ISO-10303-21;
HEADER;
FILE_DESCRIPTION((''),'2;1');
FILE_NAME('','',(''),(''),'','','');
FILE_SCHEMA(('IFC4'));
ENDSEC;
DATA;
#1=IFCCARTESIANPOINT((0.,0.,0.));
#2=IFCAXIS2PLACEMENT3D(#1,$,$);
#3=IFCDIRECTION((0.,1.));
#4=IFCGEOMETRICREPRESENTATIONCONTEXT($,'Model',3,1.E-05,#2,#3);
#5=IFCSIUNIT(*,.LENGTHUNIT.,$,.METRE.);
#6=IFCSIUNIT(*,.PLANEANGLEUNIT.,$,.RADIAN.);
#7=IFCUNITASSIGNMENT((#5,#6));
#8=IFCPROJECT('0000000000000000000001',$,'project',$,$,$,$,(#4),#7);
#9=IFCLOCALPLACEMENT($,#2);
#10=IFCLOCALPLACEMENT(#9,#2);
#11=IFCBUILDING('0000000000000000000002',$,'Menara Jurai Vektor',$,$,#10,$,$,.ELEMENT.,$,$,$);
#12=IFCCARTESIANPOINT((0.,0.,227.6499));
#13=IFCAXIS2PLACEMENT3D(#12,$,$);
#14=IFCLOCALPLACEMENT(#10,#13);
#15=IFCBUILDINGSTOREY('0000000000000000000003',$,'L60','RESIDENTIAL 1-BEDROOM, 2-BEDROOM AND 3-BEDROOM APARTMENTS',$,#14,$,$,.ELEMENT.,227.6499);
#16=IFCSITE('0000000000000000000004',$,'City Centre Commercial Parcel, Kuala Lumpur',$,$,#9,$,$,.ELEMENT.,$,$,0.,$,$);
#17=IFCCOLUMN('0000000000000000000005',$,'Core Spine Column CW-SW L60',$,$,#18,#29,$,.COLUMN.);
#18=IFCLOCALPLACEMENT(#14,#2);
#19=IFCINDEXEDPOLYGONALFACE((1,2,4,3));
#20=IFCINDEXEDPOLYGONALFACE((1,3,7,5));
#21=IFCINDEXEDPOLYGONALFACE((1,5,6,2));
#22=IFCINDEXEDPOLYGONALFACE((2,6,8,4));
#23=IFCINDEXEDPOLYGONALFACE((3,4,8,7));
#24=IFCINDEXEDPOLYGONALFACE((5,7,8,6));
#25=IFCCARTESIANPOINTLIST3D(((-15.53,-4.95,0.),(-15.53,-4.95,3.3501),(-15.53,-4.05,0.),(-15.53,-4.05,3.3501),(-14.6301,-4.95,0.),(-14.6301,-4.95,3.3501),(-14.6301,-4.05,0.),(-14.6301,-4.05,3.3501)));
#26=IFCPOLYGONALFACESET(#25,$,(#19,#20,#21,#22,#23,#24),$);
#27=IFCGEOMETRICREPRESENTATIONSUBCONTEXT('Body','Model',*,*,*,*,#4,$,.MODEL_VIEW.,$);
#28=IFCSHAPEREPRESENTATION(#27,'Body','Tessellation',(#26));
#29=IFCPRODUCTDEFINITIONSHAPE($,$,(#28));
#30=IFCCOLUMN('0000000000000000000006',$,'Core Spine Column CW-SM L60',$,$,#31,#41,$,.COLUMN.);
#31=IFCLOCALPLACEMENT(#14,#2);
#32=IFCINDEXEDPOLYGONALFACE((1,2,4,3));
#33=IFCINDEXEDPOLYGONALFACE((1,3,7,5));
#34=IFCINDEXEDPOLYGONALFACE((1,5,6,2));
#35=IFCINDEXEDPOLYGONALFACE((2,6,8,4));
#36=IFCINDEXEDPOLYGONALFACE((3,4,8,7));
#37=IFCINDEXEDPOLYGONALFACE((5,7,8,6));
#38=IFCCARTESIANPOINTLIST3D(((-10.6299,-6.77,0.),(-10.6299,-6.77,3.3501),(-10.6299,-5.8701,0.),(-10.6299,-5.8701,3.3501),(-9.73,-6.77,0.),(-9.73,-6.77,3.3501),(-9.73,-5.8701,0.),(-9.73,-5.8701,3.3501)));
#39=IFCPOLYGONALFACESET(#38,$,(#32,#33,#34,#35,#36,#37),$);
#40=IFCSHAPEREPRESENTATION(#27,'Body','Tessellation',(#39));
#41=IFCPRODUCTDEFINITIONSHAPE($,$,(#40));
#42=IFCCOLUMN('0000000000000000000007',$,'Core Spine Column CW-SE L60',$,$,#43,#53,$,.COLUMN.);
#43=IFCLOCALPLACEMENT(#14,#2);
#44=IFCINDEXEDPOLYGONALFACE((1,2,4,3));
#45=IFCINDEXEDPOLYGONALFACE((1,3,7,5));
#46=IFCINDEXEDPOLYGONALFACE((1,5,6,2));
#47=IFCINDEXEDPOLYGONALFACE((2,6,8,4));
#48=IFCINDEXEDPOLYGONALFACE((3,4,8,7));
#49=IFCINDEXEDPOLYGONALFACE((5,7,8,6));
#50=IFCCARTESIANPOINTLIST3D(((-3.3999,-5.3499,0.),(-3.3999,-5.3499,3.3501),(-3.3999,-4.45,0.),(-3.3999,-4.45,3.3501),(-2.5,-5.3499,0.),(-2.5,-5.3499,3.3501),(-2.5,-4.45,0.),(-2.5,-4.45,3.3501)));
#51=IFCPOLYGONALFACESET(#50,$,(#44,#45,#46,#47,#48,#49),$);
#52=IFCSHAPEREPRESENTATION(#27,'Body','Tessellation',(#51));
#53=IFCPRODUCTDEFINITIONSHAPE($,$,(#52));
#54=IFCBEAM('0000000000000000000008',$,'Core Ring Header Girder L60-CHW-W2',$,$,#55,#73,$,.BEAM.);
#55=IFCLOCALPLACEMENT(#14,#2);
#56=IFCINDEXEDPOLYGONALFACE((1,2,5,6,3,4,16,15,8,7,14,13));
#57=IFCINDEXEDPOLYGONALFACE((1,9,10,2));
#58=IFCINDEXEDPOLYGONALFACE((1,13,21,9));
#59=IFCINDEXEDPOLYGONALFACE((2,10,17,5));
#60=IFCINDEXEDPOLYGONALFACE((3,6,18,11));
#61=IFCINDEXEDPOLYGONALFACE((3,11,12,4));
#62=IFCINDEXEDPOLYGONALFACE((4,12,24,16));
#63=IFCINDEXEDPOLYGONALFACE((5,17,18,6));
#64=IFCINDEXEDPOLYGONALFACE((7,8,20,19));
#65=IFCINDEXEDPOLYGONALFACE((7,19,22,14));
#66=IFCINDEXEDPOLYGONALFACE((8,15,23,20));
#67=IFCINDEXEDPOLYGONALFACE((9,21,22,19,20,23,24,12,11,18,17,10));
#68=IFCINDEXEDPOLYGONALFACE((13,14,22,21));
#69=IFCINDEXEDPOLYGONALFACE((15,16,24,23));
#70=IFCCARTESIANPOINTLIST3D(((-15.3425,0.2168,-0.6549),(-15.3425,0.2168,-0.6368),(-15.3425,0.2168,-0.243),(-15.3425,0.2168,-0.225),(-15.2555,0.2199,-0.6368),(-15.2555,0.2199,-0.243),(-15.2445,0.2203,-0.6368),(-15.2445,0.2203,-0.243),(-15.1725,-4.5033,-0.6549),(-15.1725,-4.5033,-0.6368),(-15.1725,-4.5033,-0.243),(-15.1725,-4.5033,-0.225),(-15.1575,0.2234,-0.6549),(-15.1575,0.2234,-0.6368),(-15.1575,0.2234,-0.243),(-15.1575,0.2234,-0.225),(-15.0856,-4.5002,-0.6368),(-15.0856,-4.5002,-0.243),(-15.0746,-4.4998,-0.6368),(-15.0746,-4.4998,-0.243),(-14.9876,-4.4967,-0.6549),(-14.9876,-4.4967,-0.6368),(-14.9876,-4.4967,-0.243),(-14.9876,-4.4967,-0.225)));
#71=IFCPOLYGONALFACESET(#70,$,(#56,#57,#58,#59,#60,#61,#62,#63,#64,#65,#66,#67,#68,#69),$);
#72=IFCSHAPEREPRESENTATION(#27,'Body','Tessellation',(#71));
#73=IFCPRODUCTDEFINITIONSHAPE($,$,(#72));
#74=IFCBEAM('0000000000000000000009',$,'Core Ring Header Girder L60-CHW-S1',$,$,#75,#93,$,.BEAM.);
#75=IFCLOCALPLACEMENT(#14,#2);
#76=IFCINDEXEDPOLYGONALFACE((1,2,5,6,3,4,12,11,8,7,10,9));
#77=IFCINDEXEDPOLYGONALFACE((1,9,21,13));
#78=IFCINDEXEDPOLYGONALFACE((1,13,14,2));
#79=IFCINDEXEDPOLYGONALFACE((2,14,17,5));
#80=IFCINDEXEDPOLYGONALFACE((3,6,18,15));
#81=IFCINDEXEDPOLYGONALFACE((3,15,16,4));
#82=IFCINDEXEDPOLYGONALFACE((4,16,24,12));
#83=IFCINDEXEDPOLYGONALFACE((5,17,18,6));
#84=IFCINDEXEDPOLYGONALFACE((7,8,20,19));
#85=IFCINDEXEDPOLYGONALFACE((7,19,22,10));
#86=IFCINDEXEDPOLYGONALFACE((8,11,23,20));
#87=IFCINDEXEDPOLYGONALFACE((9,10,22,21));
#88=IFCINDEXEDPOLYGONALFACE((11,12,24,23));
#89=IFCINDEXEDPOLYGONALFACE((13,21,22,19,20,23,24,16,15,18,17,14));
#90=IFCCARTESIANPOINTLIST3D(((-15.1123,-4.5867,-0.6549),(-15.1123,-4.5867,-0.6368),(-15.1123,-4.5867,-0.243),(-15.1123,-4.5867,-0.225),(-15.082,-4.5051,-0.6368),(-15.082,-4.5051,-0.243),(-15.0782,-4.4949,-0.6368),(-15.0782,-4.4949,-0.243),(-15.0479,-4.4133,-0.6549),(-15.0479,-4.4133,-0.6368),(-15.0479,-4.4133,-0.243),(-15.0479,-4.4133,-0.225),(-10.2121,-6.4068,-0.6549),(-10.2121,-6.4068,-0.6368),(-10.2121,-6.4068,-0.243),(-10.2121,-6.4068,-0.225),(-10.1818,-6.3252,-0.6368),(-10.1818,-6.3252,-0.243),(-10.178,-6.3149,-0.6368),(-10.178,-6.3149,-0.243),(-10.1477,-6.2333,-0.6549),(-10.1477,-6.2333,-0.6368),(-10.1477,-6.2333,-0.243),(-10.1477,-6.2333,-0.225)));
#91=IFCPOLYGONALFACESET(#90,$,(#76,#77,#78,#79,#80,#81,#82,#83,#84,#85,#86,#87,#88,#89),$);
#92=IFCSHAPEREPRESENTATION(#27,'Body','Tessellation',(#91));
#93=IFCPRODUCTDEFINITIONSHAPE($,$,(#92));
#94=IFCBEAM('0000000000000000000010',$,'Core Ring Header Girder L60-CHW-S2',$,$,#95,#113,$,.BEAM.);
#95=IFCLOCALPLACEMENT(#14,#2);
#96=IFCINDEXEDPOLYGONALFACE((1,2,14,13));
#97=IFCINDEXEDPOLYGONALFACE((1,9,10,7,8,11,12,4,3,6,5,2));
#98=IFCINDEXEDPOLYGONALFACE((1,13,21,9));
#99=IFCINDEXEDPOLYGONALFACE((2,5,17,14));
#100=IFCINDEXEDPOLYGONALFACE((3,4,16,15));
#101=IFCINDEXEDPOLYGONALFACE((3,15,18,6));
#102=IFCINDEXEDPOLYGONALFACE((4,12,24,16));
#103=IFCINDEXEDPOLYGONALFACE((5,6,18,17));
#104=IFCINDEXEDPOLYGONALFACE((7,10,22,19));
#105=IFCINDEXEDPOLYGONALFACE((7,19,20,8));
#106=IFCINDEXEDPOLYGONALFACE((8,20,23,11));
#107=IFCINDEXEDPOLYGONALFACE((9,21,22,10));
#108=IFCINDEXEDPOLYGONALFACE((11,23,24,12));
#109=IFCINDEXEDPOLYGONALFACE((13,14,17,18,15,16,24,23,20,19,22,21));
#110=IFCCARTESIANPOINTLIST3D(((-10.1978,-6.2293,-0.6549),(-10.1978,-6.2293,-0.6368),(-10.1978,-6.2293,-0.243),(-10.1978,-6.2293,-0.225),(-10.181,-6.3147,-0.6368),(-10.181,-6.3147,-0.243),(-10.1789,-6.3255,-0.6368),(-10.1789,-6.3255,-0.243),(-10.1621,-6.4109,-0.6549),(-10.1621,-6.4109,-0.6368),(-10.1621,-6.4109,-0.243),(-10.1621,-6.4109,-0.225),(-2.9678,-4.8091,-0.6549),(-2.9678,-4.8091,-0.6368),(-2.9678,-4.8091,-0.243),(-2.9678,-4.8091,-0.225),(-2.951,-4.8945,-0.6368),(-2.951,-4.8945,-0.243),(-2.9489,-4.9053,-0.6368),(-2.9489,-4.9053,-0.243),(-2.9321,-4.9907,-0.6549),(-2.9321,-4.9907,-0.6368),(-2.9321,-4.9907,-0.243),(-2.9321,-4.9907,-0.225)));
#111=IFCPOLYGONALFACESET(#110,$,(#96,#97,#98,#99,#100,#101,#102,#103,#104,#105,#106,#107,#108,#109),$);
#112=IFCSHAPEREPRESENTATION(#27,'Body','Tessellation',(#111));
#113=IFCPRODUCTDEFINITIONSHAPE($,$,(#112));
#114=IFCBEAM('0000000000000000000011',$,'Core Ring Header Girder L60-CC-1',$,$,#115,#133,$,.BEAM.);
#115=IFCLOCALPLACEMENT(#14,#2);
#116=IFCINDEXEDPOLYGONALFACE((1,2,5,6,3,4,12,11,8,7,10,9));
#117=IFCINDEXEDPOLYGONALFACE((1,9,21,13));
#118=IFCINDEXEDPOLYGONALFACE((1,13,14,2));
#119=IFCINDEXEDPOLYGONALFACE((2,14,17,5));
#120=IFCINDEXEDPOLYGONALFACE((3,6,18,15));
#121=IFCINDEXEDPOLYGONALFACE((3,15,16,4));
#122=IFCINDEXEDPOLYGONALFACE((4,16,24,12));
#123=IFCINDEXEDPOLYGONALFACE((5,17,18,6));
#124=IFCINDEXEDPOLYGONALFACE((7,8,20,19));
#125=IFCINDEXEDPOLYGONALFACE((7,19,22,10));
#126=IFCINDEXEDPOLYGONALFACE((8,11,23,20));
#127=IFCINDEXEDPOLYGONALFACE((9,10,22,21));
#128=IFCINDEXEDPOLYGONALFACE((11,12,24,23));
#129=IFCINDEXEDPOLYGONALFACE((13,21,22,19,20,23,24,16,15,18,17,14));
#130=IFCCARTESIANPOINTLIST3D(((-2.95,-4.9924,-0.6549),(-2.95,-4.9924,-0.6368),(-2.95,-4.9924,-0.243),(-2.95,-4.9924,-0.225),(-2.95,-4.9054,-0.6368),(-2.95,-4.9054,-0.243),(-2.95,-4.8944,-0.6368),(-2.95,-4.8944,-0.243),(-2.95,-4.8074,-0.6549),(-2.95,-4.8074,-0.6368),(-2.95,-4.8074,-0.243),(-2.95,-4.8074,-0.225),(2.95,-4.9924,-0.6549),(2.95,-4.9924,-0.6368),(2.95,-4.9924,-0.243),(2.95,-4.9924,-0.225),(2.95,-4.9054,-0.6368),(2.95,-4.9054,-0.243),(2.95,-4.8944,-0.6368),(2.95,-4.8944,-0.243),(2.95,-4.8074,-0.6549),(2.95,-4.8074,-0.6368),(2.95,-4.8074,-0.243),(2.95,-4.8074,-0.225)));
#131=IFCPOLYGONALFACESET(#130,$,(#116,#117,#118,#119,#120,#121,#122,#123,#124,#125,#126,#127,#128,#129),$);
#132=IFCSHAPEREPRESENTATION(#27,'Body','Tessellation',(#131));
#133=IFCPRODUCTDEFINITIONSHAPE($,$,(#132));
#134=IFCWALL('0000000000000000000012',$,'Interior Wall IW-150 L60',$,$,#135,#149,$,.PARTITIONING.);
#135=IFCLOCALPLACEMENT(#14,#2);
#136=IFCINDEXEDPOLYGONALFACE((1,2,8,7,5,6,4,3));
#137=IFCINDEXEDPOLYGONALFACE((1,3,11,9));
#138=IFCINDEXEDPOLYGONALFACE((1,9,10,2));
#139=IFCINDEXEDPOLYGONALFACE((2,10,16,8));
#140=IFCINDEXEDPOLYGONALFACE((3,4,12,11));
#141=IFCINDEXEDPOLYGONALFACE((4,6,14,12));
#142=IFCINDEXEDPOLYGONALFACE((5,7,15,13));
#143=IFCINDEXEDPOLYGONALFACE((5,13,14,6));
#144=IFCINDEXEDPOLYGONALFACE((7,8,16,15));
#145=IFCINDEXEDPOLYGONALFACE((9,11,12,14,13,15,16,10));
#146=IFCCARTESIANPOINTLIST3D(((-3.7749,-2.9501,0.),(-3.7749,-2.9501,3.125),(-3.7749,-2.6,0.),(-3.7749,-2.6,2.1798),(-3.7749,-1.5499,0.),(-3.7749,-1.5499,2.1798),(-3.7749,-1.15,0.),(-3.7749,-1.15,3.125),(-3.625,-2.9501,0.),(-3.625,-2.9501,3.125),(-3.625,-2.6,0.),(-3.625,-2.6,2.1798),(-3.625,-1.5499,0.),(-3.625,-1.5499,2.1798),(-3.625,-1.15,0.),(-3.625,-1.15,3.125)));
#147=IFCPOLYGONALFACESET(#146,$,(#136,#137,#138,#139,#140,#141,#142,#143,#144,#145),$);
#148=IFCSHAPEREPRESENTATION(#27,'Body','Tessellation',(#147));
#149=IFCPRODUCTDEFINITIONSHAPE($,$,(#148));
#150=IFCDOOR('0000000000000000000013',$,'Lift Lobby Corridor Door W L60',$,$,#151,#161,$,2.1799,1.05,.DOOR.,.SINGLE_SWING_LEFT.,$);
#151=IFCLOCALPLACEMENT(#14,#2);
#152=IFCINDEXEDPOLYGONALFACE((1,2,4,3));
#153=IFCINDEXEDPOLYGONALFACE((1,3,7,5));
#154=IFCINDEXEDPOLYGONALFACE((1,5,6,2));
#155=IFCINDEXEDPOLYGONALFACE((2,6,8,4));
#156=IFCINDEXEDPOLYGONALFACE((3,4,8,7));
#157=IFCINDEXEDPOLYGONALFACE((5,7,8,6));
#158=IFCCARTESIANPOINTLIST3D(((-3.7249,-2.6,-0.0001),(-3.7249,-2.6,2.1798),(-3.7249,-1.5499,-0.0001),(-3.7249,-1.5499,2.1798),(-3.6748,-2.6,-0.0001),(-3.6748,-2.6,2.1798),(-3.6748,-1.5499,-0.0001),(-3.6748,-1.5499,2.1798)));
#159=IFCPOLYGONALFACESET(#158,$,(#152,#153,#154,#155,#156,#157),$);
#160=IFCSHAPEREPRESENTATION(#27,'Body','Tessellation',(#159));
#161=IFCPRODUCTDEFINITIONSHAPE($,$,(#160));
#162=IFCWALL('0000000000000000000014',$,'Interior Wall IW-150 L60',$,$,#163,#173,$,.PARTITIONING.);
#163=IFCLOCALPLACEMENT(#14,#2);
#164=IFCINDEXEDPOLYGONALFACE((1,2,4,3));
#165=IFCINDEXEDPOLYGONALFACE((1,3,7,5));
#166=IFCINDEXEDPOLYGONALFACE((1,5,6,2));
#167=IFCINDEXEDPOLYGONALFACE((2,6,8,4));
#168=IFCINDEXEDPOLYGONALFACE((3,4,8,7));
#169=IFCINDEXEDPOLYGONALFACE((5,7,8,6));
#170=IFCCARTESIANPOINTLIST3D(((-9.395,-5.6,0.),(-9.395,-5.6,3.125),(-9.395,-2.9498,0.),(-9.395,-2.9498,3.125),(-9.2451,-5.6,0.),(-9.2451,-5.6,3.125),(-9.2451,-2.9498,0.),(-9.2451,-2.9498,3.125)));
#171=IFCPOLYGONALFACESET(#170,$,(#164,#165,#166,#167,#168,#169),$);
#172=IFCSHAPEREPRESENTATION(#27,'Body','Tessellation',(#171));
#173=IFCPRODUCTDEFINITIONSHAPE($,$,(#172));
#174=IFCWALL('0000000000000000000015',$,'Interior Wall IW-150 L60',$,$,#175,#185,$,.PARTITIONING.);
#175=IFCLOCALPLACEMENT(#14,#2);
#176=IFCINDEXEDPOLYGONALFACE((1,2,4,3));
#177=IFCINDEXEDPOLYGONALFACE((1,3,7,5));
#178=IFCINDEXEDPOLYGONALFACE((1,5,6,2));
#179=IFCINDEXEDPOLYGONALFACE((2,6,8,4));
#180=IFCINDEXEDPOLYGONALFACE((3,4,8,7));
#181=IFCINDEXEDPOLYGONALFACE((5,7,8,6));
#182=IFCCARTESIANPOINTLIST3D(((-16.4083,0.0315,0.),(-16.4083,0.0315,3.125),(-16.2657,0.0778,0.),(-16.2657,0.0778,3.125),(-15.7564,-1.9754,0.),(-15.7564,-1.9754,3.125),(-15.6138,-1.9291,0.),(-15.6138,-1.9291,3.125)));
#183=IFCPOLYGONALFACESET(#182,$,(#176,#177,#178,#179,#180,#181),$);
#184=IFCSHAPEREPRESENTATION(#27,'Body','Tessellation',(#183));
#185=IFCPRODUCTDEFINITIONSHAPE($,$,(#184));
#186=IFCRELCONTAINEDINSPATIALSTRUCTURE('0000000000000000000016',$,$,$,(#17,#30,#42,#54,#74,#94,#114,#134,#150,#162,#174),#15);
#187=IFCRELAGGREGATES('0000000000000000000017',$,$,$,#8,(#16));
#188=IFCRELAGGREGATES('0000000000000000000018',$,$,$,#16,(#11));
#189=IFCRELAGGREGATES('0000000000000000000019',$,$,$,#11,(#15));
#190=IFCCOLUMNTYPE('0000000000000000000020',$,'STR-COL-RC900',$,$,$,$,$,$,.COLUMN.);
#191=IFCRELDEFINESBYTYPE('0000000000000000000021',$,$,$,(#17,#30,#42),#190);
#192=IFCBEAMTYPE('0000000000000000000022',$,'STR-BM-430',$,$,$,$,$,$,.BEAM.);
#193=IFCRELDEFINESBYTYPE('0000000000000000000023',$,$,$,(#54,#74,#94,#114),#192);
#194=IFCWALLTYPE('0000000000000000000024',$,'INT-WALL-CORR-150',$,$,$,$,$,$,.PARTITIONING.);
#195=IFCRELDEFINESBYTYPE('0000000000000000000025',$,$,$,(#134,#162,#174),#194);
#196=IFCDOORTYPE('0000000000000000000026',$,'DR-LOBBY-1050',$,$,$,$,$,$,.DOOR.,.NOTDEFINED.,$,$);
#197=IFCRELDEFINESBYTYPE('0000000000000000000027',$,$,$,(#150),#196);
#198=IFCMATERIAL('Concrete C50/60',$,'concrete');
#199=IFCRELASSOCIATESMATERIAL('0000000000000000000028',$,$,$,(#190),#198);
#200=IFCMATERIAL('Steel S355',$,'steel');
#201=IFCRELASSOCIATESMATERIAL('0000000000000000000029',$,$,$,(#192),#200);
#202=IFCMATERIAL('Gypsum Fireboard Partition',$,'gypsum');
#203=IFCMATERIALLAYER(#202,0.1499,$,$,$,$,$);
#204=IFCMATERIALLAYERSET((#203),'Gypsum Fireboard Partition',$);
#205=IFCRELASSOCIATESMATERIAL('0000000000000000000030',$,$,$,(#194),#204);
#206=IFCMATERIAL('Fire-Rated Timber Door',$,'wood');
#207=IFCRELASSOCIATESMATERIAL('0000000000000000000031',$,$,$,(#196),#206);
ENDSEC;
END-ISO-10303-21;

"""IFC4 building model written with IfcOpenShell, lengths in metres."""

from ifc_helpers import new_model, si_unit, direction, frame, frame_2d, origin, origin_2d, place, context, subcontext, project, spatial, rectangle, i_section, extrude, material, layer, layer_set, material_profile, profile_set, type_object, element, fill, save


model = new_model("IFC4")

# Units and contexts
model_context = context("Model", 3, precision=1e-05, world=origin(), true_north=direction((0.0, 1.0)))
body_context = subcontext(model_context, "Body", "Model", "MODEL_VIEW")
ifc_project = project(units=[si_unit("LENGTHUNIT", "METRE"), si_unit("PLANEANGLEUNIT", "RADIAN")], contexts=[model_context])

# Site, building, storey
site_placement = place(None, origin())
site = spatial("IfcSite", under=ifc_project, at=site_placement, Name="City Centre Commercial Parcel, Kuala Lumpur", CompositionType="ELEMENT", RefElevation=0.0)
building_placement = place(site_placement, origin())
building = spatial("IfcBuilding", under=site, at=building_placement, Name="Menara Jurai Vektor", CompositionType="ELEMENT")
storey_placement = place(building_placement, frame((0.0, 0.0, 227.6499)))
storey = spatial("IfcBuildingStorey", under=building, at=storey_placement, Name="L60", Description="RESIDENTIAL 1-BEDROOM, 2-BEDROOM AND 3-BEDROOM APARTMENTS", CompositionType="ELEMENT", Elevation=227.6499)

# Columns
ifc_material_1 = material(Name="Concrete C50/60", Category="concrete")
ifc_material_profile_1 = material_profile(ifc_material_1, rectangle(XDim=0.8999, YDim=0.8999, at=origin_2d()), Name="RC 900x900")
ifc_profile_set_1 = profile_set([ifc_material_profile_1], Name="Concrete C50/60")
column_type = type_object("IfcColumnType", Name="STR-COL-RC900", PredefinedType="COLUMN", material=ifc_profile_set_1)
for number, where, z_axis, x_axis, name in (
    (1, (-15.0801, -4.5, 0.0), (0.0, 0.0, 1.0), (1.0, 0.0, 0.0), "Core Spine Column CW-SW L60"),
    (2, (-10.1799, -6.3201, 0.0), (0.0, 0.0, 1.0), (1.0, 0.0, 0.0), "Core Spine Column CW-SM L60"),
    (3, (-2.95, -4.8999, 0.0), (0.0, 0.0, 1.0), (1.0, 0.0, 0.0), "Core Spine Column CW-SE L60"),
):
    element("IfcColumn", number, at=place(storey_placement, frame(where, z_axis=z_axis, x_axis=x_axis)), inside=storey, type_object=column_type, Name=name, PredefinedType="COLUMN", context=body_context, shape_type="SweptSolid", body=[
        extrude(rectangle(XDim=0.8999, YDim=0.8999, at=origin_2d()), origin(), (0.0, 0.0, 1.0), 3.3501),
    ])

# Beams
ifc_material_2 = material(Name="Steel S355", Category="steel")
ifc_material_profile_2 = material_profile(ifc_material_2, i_section(OverallWidth=0.1851, OverallDepth=0.4299, WebThickness=0.011, FlangeThickness=0.0181, at=origin_2d()), Name="PG 430x185x76")
ifc_profile_set_2 = profile_set([ifc_material_profile_2], Name="Steel S355")
beam_type = type_object("IfcBeamType", Name="STR-BM-430", PredefinedType="BEAM", material=ifc_profile_set_2)
beam_1_placement = place(storey_placement, frame((-15.0801, -4.5, -0.4399), z_axis=(-0.035977, 0.999353, 0.0), x_axis=(-0.999353, -0.035977, 0.0)))
element("IfcBeam", 4, at=beam_1_placement, inside=storey, type_object=beam_type, Name="Core Ring Header Girder L60-CHW-W2", PredefinedType="BEAM", context=body_context, shape_type="SweptSolid", body=[
    extrude(i_section(OverallWidth=0.1851, OverallDepth=0.4299, WebThickness=0.011, FlangeThickness=0.0181, at=origin_2d()), origin(), (0.0, 0.0, 1.0), 4.7231),
])
beam_2_placement = place(storey_placement, frame((-15.0801, -4.5, -0.4399), z_axis=(0.937424, -0.348189, 0.0), x_axis=(0.348189, 0.937424, 0.0)))
element("IfcBeam", 5, at=beam_2_placement, inside=storey, type_object=beam_type, Name="Core Ring Header Girder L60-CHW-S1", PredefinedType="BEAM", context=body_context, shape_type="SweptSolid", body=[
    extrude(i_section(OverallWidth=0.1851, OverallDepth=0.4299, WebThickness=0.011, FlangeThickness=0.0181, at=origin_2d()), origin(), (0.0, 0.0, 1.0), 5.2273),
])
beam_3_placement = place(storey_placement, frame((-10.1799, -6.3201, -0.4399), z_axis=(0.981249, 0.192744, 0.0), x_axis=(-0.192744, 0.981249, 0.0)))
element("IfcBeam", 6, at=beam_3_placement, inside=storey, type_object=beam_type, Name="Core Ring Header Girder L60-CHW-S2", PredefinedType="BEAM", context=body_context, shape_type="SweptSolid", body=[
    extrude(i_section(OverallWidth=0.1851, OverallDepth=0.4299, WebThickness=0.011, FlangeThickness=0.0181, at=origin_2d()), origin(), (0.0, 0.0, 1.0), 7.3682),
])
beam_4_placement = place(storey_placement, frame((-2.95, -4.8999, -0.4399), z_axis=(1.0, 0.0, 0.0), x_axis=(0.0, 1.0, 0.0)))
element("IfcBeam", 7, at=beam_4_placement, inside=storey, type_object=beam_type, Name="Core Ring Header Girder L60-CC-1", PredefinedType="BEAM", context=body_context, shape_type="SweptSolid", body=[
    extrude(i_section(OverallWidth=0.1851, OverallDepth=0.4299, WebThickness=0.011, FlangeThickness=0.0181, at=origin_2d()), origin(), (0.0, 0.0, 1.0), 5.8999),
])

# Wall, opening, door
ifc_material_3 = material(Name="Gypsum Fireboard Partition", Category="gypsum")
ifc_layer_1 = layer(ifc_material_3, 0.1499)
ifc_layer_set_1 = layer_set([ifc_layer_1], Name="Gypsum Fireboard Partition")
wall_type_1 = type_object("IfcWallType", Name="INT-WALL-CORR-150", PredefinedType="PARTITIONING", material=ifc_layer_set_1)
wall_1_placement = place(storey_placement, frame((-3.7, -2.95, 0.0), z_axis=(0.0, 0.0, 1.0), x_axis=(0.0, 1.0, 0.0)))
wall_1 = element("IfcWall", 8, at=wall_1_placement, inside=storey, type_object=wall_type_1, Name="Interior Wall IW-150 L60", PredefinedType="PARTITIONING", context=body_context, shape_type="SweptSolid", body=[
    extrude(rectangle(XDim=1.8, YDim=0.1499, at=frame_2d((0.8999, 0.0))), origin(), (0.0, 0.0, 1.0), 3.125),
])
opening_1_placement = place(wall_1_placement, frame((0.3501, 0.0, 0.0)))
opening_1 = element("IfcOpeningElement", 9, at=opening_1_placement, cuts=wall_1, PredefinedType="OPENING", context=body_context, shape_type="SweptSolid", body=[
    extrude(rectangle(XDim=1.05, YDim=2.1799, at=frame_2d((0.5249, 1.0898))), frame((0.0, 0.085, 0.0), z_axis=(0.0, -1.0, 0.0), x_axis=(1.0, 0.0, 0.0)), (0.0, 0.0, 1.0), 0.1699),
])
ifc_material_4 = material(Name="Fire-Rated Timber Door", Category="wood")
door_type_1 = type_object("IfcDoorType", Name="DR-LOBBY-1050", OperationType="NOTDEFINED", PredefinedType="DOOR", material=ifc_material_4)
door_1_placement = place(opening_1_placement, origin())
door_1 = element("IfcDoor", 10, at=door_1_placement, inside=storey, type_object=door_type_1, Name="Lift Lobby Corridor Door W L60", OperationType="SINGLE_SWING_LEFT", OverallHeight=2.1799, OverallWidth=1.05, PredefinedType="DOOR", context=body_context, shape_type="SweptSolid", body=[
    extrude(rectangle(XDim=1.05, YDim=2.1799, at=frame_2d((0.5249, 1.0898))), frame((0.0, 0.0249, 0.0), z_axis=(0.0, -1.0, 0.0), x_axis=(1.0, 0.0, 0.0)), (0.0, 0.0, 1.0), 0.05),
])
fill(opening_1, door_1)

# Walls
wall_2_placement = place(storey_placement, frame((-9.3201, -5.6001, 0.0), z_axis=(0.0, 0.0, 1.0), x_axis=(0.0, 1.0, 0.0)))
element("IfcWall", 11, at=wall_2_placement, inside=storey, type_object=wall_type_1, Name="Interior Wall IW-150 L60", PredefinedType="PARTITIONING", context=body_context, shape_type="SweptSolid", body=[
    extrude(rectangle(XDim=2.6501, YDim=0.1499, at=frame_2d((1.3252, 0.0))), origin(), (0.0, 0.0, 1.0), 3.125),
])
wall_3_placement = place(storey_placement, frame((-15.6851, -1.9524, 0.0), z_axis=(0.0, 0.0, 1.0), x_axis=(-0.308929, 0.951085, 0.0)))
element("IfcWall", 12, at=wall_3_placement, inside=storey, type_object=wall_type_1, Name="Interior Wall IW-150 L60", PredefinedType="PARTITIONING", context=body_context, shape_type="SweptSolid", body=[
    extrude(rectangle(XDim=2.1101, YDim=0.1499, at=frame_2d((1.0552, 0.0))), origin(), (0.0, 0.0, 1.0), 3.125),
])

save(model, "model.ifc")
